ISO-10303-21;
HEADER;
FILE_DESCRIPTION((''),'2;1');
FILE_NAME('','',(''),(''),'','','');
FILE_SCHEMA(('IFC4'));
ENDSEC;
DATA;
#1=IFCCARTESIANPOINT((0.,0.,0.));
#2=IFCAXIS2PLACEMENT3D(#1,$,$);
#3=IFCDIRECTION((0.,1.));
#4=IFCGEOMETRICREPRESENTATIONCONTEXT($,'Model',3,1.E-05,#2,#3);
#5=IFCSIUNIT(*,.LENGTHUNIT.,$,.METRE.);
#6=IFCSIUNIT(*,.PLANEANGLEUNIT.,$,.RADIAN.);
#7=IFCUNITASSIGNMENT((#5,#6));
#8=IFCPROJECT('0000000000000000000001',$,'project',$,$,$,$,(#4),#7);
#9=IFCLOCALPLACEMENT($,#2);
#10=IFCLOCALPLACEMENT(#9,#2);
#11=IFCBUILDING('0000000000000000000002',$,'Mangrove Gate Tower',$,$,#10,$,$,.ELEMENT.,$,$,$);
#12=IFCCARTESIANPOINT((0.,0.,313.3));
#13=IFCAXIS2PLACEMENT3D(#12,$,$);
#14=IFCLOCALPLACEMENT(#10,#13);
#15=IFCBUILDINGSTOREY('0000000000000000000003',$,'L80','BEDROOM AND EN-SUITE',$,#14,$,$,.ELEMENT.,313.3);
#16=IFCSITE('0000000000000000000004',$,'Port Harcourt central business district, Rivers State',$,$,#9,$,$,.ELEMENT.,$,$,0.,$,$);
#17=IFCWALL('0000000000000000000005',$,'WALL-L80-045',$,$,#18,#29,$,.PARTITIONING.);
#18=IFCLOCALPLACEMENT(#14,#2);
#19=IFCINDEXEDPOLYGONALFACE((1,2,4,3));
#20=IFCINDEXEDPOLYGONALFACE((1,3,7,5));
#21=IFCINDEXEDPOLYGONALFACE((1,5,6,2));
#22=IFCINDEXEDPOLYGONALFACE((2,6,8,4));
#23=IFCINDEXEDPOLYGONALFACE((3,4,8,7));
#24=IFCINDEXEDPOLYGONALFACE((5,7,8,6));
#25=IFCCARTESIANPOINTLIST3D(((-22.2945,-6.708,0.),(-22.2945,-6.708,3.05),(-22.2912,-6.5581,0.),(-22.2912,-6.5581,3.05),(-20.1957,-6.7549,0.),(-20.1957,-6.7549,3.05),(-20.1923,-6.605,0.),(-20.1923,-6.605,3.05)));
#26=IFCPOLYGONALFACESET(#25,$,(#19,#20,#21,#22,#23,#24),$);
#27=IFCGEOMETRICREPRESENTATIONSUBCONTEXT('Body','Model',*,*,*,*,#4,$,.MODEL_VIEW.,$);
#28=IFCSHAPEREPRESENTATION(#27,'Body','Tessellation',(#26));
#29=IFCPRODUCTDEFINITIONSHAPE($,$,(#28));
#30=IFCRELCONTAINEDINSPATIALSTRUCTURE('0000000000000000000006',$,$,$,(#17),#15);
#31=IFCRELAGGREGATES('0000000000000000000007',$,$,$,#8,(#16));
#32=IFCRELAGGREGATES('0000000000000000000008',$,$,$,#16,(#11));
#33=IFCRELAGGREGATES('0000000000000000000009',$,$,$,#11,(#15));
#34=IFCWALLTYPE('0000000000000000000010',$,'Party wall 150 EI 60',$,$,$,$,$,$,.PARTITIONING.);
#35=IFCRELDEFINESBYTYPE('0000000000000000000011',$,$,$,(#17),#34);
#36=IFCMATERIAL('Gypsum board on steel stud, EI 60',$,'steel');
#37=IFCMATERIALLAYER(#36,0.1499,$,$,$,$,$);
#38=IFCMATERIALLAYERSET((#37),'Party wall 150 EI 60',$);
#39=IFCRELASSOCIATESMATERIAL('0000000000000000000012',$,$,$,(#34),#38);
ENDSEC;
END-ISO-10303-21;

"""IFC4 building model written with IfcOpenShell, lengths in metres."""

from ifc_helpers import new_model, si_unit, direction, frame, frame_2d, origin, place, context, subcontext, project, spatial, rectangle, extrude, material, layer, layer_set, type_object, element, save


model = new_model("IFC4")

# Units and contexts
model_context = context("Model", 3, precision=1e-05, world=origin(), true_north=direction((0.0, 1.0)))
body_context = subcontext(model_context, "Body", "Model", "MODEL_VIEW")
ifc_project = project(units=[si_unit("LENGTHUNIT", "METRE"), si_unit("PLANEANGLEUNIT", "RADIAN")], contexts=[model_context])

# Site, building, storey
site_placement = place(None, origin())
site = spatial("IfcSite", under=ifc_project, at=site_placement, Name="Port Harcourt central business district, Rivers State", CompositionType="ELEMENT", RefElevation=0.0)
building_placement = place(site_placement, origin())
building = spatial("IfcBuilding", under=site, at=building_placement, Name="Mangrove Gate Tower", CompositionType="ELEMENT")
storey_placement = place(building_placement, frame((0.0, 0.0, 313.3)))
storey = spatial("IfcBuildingStorey", under=building, at=storey_placement, Name="L80", Description="BEDROOM AND EN-SUITE", CompositionType="ELEMENT", Elevation=313.3)

# Wall
ifc_material_1 = material(Name="Gypsum board on steel stud, EI 60", Category="steel")
ifc_layer_1 = layer(ifc_material_1, 0.1499)
ifc_layer_set_1 = layer_set([ifc_layer_1], Name="Party wall 150 EI 60")
wall_type_1 = type_object("IfcWallType", Name="Party wall 150 EI 60", PredefinedType="PARTITIONING", material=ifc_layer_set_1)
wall_1_placement = place(storey_placement, frame((-22.293, -6.6331, 0.0), z_axis=(0.0, 0.0, 1.0), x_axis=(0.999751, -0.022328, 0.0)))
element("IfcWall", 1, at=wall_1_placement, inside=storey, type_object=wall_type_1, Name="WALL-L80-045", PredefinedType="PARTITIONING", context=body_context, shape_type="SweptSolid", body=[
    extrude(rectangle(XDim=2.0994, YDim=0.1499, at=frame_2d((1.0498, 0.0))), origin(), (0.0, 0.0, 1.0), 3.05),
])

save(model, "model.ifc")
